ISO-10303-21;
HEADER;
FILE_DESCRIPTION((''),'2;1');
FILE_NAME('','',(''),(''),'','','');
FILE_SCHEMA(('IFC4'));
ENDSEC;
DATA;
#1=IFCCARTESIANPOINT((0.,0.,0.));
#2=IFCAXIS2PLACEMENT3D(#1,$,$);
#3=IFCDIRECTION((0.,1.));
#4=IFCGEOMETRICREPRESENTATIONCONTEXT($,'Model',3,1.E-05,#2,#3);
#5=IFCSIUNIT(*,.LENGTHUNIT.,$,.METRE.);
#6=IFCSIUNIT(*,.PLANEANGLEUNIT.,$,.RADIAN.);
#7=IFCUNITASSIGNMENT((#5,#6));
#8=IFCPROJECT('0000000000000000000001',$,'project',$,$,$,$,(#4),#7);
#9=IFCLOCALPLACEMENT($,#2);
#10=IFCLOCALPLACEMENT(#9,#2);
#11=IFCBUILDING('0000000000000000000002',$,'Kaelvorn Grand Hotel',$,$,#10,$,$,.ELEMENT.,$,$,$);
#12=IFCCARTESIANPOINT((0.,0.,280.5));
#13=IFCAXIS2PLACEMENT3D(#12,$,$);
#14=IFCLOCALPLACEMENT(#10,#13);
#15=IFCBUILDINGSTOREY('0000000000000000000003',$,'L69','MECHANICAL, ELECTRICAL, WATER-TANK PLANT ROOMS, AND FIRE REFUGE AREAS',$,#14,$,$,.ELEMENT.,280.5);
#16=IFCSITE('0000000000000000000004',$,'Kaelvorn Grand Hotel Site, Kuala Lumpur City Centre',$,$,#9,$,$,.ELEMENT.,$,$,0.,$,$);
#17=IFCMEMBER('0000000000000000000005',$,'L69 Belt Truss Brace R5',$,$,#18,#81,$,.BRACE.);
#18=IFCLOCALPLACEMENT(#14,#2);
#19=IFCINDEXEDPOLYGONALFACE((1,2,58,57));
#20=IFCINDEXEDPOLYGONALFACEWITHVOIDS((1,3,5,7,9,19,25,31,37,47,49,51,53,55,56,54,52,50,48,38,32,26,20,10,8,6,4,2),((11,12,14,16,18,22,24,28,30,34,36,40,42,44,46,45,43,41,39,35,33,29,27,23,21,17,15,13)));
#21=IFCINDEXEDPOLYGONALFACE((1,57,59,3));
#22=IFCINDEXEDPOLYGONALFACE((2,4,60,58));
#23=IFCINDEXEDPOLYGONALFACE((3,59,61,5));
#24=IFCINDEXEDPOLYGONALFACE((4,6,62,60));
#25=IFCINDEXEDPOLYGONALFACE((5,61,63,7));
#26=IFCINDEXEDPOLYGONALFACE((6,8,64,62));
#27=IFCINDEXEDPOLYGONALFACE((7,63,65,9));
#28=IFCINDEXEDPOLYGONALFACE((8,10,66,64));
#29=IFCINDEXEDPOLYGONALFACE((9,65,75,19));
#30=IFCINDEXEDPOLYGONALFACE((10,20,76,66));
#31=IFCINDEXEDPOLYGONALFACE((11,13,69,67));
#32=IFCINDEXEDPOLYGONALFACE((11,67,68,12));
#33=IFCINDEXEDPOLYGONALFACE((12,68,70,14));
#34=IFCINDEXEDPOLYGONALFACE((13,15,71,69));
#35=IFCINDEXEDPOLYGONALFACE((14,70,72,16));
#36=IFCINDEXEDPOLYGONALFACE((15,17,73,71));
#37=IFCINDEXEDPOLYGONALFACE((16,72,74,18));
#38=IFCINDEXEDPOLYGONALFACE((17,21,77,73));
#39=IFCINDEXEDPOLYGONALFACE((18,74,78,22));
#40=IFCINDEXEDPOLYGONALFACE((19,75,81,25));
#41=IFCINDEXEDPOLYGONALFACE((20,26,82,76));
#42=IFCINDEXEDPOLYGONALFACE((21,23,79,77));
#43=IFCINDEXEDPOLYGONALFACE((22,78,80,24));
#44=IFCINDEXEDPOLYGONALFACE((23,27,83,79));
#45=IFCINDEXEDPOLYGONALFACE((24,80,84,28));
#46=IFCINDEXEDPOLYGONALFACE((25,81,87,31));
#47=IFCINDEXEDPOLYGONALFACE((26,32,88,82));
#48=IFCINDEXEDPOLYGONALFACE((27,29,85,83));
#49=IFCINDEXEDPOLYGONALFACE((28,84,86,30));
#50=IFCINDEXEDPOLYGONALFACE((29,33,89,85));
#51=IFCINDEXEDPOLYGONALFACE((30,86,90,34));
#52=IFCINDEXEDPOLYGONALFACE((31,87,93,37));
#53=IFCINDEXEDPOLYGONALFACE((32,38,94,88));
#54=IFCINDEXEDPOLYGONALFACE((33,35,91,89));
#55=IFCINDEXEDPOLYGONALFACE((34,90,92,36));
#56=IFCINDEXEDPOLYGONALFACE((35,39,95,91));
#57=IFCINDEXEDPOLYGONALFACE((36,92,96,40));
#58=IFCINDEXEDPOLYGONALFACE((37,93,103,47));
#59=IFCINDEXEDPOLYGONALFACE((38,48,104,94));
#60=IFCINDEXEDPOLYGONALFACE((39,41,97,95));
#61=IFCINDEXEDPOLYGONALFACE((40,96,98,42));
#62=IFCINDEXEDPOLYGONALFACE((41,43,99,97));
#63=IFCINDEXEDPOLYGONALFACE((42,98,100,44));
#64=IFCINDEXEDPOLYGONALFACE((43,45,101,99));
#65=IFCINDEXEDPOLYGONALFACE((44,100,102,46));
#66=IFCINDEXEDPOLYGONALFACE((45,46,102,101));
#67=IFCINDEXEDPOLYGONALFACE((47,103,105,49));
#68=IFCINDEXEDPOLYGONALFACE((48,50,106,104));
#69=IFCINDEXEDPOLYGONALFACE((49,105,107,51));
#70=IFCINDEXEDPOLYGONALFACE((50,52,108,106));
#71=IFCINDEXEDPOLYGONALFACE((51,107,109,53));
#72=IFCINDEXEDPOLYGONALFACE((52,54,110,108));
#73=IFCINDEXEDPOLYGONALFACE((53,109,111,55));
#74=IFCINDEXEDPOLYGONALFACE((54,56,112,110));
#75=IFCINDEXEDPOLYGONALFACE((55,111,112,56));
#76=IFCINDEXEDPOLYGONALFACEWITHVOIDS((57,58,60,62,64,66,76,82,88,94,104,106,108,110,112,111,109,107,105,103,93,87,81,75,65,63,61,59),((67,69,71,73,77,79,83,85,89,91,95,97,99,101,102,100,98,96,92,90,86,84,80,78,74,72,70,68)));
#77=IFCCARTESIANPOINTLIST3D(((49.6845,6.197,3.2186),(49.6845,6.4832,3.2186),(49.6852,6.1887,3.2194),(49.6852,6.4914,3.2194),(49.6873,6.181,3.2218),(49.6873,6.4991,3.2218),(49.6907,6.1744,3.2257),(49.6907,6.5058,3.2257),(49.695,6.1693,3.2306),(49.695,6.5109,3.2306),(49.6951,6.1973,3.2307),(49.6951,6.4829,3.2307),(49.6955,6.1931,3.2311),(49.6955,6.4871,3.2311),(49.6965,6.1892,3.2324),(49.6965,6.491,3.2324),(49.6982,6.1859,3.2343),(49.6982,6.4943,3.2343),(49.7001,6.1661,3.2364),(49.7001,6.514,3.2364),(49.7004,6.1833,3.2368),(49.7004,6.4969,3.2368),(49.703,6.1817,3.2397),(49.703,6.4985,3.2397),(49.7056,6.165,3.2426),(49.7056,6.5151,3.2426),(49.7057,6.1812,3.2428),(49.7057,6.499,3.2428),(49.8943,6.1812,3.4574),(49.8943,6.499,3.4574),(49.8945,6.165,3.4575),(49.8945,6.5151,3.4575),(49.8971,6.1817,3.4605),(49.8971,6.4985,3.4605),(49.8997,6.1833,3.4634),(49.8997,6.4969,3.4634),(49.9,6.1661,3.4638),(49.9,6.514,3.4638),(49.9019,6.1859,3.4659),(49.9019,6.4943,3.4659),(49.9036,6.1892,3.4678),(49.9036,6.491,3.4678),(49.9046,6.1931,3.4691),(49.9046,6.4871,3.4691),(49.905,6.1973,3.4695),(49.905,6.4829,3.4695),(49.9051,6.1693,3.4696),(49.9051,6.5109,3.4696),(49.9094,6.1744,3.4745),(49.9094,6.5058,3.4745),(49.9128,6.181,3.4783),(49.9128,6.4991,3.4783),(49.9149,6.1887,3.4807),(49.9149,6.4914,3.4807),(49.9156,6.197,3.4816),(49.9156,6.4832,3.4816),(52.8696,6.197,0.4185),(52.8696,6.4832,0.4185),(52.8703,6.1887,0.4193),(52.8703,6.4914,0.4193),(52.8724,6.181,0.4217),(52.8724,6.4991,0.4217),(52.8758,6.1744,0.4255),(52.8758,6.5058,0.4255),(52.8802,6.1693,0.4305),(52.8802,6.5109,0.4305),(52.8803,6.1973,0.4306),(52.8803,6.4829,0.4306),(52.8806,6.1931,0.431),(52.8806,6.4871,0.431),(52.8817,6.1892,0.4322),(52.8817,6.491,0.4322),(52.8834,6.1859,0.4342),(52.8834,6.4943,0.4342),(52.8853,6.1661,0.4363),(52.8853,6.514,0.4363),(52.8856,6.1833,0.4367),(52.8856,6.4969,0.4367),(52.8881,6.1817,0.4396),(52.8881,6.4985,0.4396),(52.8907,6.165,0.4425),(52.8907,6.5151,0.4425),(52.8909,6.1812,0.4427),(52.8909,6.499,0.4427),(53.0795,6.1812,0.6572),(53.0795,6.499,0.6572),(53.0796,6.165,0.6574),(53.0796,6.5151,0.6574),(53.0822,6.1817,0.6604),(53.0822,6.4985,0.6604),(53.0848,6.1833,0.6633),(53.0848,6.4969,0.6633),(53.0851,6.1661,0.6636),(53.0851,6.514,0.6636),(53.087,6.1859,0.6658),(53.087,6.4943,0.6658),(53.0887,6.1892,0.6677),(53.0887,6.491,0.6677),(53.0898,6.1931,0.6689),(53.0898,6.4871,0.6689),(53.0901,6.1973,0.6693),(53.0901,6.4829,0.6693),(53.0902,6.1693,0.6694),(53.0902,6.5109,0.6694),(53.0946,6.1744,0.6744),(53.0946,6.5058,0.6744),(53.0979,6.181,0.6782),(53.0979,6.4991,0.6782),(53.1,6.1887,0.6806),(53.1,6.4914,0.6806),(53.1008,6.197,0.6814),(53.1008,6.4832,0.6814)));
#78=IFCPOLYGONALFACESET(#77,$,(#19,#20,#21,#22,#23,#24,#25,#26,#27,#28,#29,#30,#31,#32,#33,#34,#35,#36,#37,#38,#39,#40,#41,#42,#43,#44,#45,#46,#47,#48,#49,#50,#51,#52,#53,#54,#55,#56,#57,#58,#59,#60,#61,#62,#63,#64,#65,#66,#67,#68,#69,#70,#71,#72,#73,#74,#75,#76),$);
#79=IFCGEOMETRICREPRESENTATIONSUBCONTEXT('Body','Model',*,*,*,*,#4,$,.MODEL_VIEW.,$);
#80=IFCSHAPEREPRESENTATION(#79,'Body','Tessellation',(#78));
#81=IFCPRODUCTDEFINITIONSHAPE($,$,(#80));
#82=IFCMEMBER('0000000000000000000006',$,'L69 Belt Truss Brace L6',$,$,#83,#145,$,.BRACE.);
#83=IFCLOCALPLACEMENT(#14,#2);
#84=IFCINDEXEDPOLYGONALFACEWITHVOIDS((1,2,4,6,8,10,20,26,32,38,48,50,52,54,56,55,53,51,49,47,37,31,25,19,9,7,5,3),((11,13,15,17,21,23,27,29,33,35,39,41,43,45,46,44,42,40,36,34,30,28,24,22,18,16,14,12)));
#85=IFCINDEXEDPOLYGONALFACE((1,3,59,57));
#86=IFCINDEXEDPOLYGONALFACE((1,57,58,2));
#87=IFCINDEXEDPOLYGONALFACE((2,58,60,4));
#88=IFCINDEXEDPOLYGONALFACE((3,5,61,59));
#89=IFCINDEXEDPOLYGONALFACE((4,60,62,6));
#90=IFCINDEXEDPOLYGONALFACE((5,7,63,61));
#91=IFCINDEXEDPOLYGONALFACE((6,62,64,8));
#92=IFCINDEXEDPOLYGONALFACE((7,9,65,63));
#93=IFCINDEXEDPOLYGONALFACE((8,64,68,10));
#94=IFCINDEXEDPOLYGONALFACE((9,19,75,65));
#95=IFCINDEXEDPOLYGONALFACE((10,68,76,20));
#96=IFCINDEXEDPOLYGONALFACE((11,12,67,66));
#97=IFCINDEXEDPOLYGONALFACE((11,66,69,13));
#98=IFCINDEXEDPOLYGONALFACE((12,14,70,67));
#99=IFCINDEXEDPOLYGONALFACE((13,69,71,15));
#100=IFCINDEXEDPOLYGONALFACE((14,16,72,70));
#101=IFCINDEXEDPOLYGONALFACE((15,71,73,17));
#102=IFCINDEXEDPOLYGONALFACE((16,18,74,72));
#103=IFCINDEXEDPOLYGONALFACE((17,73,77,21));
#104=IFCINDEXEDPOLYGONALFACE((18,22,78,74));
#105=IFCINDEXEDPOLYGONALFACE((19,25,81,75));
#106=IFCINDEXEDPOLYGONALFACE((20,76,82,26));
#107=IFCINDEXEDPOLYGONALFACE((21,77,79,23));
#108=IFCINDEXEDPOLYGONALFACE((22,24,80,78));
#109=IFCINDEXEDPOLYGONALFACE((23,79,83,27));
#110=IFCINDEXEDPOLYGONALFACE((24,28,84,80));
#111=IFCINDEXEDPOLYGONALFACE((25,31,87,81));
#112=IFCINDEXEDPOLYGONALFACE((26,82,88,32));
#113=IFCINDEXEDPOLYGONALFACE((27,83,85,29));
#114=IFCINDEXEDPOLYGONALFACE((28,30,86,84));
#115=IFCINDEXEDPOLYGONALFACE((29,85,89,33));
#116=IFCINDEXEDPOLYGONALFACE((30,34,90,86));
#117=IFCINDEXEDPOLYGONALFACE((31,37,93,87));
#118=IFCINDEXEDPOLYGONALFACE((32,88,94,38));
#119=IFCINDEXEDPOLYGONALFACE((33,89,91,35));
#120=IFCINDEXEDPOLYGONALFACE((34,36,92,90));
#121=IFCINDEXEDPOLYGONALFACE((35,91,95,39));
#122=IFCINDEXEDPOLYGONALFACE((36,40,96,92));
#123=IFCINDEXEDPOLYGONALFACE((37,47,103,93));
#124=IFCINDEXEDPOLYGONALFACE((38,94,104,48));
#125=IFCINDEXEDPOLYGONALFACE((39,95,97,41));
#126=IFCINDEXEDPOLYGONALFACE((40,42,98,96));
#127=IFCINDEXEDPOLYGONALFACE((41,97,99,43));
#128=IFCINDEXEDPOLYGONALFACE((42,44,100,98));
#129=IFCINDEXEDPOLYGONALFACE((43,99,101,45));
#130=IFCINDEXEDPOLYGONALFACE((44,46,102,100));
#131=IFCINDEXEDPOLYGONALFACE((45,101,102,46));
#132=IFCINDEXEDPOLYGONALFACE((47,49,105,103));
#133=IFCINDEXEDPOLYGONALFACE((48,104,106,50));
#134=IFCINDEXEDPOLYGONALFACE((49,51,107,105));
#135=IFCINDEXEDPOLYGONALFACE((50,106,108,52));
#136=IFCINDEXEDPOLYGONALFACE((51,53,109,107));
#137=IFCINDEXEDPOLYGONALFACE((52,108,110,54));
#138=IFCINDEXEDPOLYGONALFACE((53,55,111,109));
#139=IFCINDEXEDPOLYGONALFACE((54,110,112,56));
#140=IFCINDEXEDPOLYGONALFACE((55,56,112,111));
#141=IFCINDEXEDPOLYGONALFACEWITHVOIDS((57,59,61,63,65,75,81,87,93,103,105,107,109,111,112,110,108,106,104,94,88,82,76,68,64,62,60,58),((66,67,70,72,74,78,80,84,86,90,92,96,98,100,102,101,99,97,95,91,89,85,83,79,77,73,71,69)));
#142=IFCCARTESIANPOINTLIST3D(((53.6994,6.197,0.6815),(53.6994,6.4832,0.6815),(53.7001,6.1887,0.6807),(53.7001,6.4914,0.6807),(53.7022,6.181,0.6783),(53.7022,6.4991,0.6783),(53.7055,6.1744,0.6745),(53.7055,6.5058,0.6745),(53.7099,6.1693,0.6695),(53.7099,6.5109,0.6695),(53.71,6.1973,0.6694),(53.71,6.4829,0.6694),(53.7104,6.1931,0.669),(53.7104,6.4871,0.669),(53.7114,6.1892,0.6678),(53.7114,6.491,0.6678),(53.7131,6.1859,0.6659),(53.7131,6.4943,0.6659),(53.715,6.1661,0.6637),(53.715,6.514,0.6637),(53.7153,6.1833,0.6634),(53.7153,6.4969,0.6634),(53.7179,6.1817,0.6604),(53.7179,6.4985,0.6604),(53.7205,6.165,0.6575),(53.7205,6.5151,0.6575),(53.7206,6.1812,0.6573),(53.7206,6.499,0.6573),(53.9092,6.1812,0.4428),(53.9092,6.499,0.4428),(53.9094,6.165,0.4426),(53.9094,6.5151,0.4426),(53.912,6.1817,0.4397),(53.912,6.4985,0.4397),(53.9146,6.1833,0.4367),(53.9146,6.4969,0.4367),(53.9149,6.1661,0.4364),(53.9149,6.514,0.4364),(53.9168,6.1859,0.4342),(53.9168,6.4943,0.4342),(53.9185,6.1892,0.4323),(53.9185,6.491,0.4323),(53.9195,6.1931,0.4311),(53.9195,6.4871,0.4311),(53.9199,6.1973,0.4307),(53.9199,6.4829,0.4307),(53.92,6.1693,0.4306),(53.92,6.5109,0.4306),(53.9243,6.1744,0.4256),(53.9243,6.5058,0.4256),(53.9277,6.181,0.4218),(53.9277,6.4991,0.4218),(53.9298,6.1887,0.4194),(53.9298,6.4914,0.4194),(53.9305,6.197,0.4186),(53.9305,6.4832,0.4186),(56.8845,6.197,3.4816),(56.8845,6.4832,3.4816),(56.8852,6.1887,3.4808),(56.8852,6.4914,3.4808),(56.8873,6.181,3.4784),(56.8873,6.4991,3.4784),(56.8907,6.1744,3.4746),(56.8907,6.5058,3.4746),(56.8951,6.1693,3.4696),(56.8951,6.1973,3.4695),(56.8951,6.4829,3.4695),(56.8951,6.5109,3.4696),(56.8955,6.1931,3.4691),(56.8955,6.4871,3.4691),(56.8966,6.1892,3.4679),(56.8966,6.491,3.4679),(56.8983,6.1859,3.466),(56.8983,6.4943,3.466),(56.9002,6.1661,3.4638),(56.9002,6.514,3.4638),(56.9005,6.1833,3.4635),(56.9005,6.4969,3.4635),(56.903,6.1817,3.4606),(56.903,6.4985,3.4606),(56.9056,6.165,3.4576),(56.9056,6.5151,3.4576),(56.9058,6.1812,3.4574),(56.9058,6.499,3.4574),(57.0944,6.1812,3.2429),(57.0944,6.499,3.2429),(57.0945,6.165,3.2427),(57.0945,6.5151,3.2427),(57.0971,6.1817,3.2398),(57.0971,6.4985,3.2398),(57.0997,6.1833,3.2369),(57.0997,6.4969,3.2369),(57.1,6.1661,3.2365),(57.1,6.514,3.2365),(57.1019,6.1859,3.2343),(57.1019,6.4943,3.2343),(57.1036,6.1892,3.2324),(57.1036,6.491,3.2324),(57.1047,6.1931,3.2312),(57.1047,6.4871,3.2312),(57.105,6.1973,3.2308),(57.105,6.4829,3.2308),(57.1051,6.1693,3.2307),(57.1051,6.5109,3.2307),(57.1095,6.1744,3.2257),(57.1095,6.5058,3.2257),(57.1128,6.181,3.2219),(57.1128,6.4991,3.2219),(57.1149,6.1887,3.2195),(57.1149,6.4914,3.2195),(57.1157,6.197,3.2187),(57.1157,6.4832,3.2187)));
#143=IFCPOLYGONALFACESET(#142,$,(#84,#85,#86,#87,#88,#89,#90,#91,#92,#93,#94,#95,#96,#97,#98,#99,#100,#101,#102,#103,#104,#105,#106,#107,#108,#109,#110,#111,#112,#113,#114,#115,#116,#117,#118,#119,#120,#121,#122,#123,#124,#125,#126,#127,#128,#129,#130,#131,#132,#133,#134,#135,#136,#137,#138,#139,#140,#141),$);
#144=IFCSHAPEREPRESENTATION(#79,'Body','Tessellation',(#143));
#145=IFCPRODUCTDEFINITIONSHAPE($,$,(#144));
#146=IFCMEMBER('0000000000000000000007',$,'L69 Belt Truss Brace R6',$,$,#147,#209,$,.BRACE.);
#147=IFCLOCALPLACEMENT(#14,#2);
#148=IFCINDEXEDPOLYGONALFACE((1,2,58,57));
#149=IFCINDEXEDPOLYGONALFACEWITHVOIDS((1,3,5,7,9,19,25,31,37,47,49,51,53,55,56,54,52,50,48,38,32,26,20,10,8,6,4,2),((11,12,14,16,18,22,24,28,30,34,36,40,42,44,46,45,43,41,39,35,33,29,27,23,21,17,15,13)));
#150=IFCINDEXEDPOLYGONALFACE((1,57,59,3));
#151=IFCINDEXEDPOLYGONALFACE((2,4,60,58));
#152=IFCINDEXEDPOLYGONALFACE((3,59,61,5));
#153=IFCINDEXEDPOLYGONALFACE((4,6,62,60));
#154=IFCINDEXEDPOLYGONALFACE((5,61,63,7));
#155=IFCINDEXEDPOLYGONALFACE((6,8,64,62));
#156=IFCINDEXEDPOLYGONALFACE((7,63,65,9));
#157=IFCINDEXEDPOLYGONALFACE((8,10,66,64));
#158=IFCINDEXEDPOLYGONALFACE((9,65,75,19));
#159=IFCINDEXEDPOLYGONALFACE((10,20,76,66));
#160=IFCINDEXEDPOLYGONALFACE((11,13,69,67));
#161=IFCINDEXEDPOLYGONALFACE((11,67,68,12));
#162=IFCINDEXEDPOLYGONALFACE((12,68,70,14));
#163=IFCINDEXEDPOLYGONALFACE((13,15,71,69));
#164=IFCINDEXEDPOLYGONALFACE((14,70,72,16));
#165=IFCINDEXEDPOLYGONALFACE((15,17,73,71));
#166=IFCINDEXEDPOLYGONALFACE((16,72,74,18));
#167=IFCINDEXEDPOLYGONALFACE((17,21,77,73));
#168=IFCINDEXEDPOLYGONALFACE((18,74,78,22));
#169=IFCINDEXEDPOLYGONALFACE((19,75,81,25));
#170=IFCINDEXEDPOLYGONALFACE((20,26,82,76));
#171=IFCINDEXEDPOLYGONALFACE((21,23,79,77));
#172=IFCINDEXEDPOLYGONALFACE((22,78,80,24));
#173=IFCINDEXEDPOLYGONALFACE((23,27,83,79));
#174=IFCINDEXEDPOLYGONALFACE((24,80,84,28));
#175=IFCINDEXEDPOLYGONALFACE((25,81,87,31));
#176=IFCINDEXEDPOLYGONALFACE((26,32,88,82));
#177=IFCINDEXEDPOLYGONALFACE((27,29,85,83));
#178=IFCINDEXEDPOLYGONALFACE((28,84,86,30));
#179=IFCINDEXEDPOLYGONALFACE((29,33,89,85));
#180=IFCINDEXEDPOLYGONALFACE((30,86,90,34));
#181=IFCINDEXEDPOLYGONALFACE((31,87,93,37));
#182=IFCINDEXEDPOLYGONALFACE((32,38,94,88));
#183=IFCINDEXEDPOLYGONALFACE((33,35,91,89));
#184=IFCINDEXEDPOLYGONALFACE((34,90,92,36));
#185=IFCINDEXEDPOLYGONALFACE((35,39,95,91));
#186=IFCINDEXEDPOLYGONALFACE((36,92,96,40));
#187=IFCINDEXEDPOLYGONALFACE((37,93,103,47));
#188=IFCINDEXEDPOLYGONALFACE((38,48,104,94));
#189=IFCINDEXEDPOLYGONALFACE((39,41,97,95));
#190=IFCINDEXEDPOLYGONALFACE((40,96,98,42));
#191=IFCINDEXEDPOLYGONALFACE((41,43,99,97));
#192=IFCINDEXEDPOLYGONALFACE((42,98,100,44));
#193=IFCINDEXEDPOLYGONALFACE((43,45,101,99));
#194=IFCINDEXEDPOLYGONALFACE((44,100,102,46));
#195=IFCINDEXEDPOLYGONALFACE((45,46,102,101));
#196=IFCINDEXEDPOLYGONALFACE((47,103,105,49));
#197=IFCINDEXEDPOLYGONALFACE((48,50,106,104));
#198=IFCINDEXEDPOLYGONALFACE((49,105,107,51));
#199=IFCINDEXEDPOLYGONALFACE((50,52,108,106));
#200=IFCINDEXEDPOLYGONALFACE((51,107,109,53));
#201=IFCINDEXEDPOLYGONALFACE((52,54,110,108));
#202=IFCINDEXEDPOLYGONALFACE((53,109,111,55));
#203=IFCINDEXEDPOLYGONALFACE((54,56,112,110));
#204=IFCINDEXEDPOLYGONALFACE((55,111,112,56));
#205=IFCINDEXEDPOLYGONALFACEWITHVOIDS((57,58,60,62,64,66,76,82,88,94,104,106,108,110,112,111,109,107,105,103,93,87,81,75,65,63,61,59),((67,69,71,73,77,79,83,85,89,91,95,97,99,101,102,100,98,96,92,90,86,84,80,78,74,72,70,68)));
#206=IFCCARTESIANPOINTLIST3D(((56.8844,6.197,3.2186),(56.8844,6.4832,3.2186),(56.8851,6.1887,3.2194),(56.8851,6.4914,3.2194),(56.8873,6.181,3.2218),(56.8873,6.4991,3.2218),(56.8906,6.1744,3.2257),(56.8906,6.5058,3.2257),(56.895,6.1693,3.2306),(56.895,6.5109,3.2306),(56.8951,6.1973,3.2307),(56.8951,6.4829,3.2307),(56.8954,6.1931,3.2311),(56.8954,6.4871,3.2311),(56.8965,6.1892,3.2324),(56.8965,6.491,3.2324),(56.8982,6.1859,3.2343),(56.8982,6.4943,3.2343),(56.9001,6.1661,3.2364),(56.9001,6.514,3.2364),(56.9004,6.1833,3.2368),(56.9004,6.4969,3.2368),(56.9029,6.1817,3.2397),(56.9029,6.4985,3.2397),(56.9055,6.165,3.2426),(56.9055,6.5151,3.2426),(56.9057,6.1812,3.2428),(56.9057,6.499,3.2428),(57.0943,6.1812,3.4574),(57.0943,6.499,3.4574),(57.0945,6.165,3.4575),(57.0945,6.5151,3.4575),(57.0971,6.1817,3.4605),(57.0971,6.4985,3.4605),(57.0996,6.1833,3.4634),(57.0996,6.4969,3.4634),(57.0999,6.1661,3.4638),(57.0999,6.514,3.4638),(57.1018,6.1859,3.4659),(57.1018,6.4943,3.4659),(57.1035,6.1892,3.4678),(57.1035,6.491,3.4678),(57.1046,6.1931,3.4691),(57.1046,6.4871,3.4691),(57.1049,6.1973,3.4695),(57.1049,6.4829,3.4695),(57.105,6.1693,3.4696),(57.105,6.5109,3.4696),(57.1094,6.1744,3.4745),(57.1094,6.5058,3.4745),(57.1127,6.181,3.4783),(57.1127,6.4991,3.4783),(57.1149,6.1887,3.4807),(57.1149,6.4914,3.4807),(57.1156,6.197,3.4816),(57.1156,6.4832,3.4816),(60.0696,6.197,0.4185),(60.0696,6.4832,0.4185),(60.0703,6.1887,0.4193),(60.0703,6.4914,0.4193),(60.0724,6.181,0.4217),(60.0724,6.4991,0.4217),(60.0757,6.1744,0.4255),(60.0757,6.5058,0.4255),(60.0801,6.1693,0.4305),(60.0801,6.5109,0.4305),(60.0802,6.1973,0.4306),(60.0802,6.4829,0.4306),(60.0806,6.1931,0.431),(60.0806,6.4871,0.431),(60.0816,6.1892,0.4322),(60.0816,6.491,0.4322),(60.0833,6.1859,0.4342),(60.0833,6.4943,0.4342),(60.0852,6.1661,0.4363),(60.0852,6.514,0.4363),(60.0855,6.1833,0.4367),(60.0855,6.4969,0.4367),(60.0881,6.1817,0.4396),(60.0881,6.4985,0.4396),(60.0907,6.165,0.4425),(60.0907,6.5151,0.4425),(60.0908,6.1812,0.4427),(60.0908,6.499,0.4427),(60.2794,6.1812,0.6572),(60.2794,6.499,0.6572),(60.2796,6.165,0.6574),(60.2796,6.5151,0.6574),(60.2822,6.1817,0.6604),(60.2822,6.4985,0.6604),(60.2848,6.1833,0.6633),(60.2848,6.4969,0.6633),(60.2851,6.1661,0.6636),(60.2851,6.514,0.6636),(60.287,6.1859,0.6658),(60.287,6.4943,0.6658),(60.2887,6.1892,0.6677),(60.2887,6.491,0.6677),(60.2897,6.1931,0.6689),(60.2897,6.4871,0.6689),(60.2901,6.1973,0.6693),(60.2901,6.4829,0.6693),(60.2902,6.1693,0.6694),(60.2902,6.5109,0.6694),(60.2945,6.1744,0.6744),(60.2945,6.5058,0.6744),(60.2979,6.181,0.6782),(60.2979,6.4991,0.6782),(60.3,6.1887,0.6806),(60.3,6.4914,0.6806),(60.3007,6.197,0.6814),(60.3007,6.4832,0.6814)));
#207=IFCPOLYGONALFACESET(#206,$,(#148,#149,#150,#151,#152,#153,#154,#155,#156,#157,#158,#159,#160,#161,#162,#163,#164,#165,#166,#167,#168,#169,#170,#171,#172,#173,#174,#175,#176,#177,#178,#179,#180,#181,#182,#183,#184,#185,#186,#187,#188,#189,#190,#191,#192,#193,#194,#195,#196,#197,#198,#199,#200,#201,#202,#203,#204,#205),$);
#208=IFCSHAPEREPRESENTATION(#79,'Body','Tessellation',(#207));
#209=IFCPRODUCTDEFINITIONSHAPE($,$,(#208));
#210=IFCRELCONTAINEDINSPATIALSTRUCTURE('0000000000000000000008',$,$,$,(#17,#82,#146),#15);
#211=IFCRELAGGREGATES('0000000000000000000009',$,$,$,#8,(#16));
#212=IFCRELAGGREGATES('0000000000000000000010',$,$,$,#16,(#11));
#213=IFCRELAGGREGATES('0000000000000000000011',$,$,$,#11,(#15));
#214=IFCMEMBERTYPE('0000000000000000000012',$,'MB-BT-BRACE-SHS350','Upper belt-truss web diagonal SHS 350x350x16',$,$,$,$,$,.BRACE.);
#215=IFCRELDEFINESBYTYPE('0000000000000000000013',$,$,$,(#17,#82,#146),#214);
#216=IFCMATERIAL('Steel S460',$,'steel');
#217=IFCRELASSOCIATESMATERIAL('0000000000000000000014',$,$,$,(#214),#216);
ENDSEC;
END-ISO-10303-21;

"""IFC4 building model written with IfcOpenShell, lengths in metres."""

from ifc_helpers import new_model, si_unit, direction, frame, origin, origin_2d, place, context, subcontext, project, spatial, hollow_rectangle, extrude, material, material_profile, profile_set, type_object, element, save


model = new_model("IFC4")

# Units and contexts
model_context = context("Model", 3, precision=1e-05, world=origin(), true_north=direction((0.0, 1.0)))
body_context = subcontext(model_context, "Body", "Model", "MODEL_VIEW")
ifc_project = project(units=[si_unit("LENGTHUNIT", "METRE"), si_unit("PLANEANGLEUNIT", "RADIAN")], contexts=[model_context])

# Site, building, storey
site_placement = place(None, origin())
site = spatial("IfcSite", under=ifc_project, at=site_placement, Name="Kaelvorn Grand Hotel Site, Kuala Lumpur City Centre", CompositionType="ELEMENT", RefElevation=0.0)
building_placement = place(site_placement, origin())
building = spatial("IfcBuilding", under=site, at=building_placement, Name="Kaelvorn Grand Hotel", CompositionType="ELEMENT")
storey_placement = place(building_placement, frame((0.0, 0.0, 280.5)))
storey = spatial("IfcBuildingStorey", under=building, at=storey_placement, Name="L69", Description="MECHANICAL, ELECTRICAL, WATER-TANK PLANT ROOMS, AND FIRE REFUGE AREAS", CompositionType="ELEMENT", Elevation=280.5)

# Members
ifc_material_1 = material(Name="Steel S460", Category="steel")
ifc_material_profile_1 = material_profile(ifc_material_1, hollow_rectangle(XDim=0.3501, YDim=0.3501, WallThickness=0.0161, InnerFilletRadius=0.0161, OuterFilletRadius=0.032, at=origin_2d()), Name="SHS 350x350x16.0")
ifc_profile_set_1 = profile_set([ifc_material_profile_1], Name="Steel S460")
member_type_1 = type_object("IfcMemberType", Name="MB-BT-BRACE-SHS350", Description="Upper belt-truss web diagonal SHS 350x350x16", PredefinedType="BRACE", material=ifc_profile_set_1)
for number, where, z_axis, x_axis, name in (
    (1, (49.8, 6.3401, 3.3501), (0.751041, 0.0, -0.660255), (0.0, 1.0, 0.0), "L69 Belt Truss Brace R5"),
    (2, (53.8149, 6.3401, 0.55), (0.751041, 0.0, 0.660255), (0.0, 1.0, 0.0), "L69 Belt Truss Brace L6"),
    (3, (57.0, 6.3401, 3.3501), (0.751041, 0.0, -0.660255), (0.0, 1.0, 0.0), "L69 Belt Truss Brace R6"),
):
    element("IfcMember", number, at=place(storey_placement, frame(where, z_axis=z_axis, x_axis=x_axis)), inside=storey, type_object=member_type_1, Name=name, PredefinedType="BRACE", context=body_context, shape_type="SweptSolid", body=[
        extrude(hollow_rectangle(XDim=0.3501, YDim=0.3501, WallThickness=0.0161, InnerFilletRadius=0.0161, OuterFilletRadius=0.032, at=origin_2d()), origin(), (0.0, 0.0, 1.0), 4.241),
    ])

save(model, "model.ifc")
